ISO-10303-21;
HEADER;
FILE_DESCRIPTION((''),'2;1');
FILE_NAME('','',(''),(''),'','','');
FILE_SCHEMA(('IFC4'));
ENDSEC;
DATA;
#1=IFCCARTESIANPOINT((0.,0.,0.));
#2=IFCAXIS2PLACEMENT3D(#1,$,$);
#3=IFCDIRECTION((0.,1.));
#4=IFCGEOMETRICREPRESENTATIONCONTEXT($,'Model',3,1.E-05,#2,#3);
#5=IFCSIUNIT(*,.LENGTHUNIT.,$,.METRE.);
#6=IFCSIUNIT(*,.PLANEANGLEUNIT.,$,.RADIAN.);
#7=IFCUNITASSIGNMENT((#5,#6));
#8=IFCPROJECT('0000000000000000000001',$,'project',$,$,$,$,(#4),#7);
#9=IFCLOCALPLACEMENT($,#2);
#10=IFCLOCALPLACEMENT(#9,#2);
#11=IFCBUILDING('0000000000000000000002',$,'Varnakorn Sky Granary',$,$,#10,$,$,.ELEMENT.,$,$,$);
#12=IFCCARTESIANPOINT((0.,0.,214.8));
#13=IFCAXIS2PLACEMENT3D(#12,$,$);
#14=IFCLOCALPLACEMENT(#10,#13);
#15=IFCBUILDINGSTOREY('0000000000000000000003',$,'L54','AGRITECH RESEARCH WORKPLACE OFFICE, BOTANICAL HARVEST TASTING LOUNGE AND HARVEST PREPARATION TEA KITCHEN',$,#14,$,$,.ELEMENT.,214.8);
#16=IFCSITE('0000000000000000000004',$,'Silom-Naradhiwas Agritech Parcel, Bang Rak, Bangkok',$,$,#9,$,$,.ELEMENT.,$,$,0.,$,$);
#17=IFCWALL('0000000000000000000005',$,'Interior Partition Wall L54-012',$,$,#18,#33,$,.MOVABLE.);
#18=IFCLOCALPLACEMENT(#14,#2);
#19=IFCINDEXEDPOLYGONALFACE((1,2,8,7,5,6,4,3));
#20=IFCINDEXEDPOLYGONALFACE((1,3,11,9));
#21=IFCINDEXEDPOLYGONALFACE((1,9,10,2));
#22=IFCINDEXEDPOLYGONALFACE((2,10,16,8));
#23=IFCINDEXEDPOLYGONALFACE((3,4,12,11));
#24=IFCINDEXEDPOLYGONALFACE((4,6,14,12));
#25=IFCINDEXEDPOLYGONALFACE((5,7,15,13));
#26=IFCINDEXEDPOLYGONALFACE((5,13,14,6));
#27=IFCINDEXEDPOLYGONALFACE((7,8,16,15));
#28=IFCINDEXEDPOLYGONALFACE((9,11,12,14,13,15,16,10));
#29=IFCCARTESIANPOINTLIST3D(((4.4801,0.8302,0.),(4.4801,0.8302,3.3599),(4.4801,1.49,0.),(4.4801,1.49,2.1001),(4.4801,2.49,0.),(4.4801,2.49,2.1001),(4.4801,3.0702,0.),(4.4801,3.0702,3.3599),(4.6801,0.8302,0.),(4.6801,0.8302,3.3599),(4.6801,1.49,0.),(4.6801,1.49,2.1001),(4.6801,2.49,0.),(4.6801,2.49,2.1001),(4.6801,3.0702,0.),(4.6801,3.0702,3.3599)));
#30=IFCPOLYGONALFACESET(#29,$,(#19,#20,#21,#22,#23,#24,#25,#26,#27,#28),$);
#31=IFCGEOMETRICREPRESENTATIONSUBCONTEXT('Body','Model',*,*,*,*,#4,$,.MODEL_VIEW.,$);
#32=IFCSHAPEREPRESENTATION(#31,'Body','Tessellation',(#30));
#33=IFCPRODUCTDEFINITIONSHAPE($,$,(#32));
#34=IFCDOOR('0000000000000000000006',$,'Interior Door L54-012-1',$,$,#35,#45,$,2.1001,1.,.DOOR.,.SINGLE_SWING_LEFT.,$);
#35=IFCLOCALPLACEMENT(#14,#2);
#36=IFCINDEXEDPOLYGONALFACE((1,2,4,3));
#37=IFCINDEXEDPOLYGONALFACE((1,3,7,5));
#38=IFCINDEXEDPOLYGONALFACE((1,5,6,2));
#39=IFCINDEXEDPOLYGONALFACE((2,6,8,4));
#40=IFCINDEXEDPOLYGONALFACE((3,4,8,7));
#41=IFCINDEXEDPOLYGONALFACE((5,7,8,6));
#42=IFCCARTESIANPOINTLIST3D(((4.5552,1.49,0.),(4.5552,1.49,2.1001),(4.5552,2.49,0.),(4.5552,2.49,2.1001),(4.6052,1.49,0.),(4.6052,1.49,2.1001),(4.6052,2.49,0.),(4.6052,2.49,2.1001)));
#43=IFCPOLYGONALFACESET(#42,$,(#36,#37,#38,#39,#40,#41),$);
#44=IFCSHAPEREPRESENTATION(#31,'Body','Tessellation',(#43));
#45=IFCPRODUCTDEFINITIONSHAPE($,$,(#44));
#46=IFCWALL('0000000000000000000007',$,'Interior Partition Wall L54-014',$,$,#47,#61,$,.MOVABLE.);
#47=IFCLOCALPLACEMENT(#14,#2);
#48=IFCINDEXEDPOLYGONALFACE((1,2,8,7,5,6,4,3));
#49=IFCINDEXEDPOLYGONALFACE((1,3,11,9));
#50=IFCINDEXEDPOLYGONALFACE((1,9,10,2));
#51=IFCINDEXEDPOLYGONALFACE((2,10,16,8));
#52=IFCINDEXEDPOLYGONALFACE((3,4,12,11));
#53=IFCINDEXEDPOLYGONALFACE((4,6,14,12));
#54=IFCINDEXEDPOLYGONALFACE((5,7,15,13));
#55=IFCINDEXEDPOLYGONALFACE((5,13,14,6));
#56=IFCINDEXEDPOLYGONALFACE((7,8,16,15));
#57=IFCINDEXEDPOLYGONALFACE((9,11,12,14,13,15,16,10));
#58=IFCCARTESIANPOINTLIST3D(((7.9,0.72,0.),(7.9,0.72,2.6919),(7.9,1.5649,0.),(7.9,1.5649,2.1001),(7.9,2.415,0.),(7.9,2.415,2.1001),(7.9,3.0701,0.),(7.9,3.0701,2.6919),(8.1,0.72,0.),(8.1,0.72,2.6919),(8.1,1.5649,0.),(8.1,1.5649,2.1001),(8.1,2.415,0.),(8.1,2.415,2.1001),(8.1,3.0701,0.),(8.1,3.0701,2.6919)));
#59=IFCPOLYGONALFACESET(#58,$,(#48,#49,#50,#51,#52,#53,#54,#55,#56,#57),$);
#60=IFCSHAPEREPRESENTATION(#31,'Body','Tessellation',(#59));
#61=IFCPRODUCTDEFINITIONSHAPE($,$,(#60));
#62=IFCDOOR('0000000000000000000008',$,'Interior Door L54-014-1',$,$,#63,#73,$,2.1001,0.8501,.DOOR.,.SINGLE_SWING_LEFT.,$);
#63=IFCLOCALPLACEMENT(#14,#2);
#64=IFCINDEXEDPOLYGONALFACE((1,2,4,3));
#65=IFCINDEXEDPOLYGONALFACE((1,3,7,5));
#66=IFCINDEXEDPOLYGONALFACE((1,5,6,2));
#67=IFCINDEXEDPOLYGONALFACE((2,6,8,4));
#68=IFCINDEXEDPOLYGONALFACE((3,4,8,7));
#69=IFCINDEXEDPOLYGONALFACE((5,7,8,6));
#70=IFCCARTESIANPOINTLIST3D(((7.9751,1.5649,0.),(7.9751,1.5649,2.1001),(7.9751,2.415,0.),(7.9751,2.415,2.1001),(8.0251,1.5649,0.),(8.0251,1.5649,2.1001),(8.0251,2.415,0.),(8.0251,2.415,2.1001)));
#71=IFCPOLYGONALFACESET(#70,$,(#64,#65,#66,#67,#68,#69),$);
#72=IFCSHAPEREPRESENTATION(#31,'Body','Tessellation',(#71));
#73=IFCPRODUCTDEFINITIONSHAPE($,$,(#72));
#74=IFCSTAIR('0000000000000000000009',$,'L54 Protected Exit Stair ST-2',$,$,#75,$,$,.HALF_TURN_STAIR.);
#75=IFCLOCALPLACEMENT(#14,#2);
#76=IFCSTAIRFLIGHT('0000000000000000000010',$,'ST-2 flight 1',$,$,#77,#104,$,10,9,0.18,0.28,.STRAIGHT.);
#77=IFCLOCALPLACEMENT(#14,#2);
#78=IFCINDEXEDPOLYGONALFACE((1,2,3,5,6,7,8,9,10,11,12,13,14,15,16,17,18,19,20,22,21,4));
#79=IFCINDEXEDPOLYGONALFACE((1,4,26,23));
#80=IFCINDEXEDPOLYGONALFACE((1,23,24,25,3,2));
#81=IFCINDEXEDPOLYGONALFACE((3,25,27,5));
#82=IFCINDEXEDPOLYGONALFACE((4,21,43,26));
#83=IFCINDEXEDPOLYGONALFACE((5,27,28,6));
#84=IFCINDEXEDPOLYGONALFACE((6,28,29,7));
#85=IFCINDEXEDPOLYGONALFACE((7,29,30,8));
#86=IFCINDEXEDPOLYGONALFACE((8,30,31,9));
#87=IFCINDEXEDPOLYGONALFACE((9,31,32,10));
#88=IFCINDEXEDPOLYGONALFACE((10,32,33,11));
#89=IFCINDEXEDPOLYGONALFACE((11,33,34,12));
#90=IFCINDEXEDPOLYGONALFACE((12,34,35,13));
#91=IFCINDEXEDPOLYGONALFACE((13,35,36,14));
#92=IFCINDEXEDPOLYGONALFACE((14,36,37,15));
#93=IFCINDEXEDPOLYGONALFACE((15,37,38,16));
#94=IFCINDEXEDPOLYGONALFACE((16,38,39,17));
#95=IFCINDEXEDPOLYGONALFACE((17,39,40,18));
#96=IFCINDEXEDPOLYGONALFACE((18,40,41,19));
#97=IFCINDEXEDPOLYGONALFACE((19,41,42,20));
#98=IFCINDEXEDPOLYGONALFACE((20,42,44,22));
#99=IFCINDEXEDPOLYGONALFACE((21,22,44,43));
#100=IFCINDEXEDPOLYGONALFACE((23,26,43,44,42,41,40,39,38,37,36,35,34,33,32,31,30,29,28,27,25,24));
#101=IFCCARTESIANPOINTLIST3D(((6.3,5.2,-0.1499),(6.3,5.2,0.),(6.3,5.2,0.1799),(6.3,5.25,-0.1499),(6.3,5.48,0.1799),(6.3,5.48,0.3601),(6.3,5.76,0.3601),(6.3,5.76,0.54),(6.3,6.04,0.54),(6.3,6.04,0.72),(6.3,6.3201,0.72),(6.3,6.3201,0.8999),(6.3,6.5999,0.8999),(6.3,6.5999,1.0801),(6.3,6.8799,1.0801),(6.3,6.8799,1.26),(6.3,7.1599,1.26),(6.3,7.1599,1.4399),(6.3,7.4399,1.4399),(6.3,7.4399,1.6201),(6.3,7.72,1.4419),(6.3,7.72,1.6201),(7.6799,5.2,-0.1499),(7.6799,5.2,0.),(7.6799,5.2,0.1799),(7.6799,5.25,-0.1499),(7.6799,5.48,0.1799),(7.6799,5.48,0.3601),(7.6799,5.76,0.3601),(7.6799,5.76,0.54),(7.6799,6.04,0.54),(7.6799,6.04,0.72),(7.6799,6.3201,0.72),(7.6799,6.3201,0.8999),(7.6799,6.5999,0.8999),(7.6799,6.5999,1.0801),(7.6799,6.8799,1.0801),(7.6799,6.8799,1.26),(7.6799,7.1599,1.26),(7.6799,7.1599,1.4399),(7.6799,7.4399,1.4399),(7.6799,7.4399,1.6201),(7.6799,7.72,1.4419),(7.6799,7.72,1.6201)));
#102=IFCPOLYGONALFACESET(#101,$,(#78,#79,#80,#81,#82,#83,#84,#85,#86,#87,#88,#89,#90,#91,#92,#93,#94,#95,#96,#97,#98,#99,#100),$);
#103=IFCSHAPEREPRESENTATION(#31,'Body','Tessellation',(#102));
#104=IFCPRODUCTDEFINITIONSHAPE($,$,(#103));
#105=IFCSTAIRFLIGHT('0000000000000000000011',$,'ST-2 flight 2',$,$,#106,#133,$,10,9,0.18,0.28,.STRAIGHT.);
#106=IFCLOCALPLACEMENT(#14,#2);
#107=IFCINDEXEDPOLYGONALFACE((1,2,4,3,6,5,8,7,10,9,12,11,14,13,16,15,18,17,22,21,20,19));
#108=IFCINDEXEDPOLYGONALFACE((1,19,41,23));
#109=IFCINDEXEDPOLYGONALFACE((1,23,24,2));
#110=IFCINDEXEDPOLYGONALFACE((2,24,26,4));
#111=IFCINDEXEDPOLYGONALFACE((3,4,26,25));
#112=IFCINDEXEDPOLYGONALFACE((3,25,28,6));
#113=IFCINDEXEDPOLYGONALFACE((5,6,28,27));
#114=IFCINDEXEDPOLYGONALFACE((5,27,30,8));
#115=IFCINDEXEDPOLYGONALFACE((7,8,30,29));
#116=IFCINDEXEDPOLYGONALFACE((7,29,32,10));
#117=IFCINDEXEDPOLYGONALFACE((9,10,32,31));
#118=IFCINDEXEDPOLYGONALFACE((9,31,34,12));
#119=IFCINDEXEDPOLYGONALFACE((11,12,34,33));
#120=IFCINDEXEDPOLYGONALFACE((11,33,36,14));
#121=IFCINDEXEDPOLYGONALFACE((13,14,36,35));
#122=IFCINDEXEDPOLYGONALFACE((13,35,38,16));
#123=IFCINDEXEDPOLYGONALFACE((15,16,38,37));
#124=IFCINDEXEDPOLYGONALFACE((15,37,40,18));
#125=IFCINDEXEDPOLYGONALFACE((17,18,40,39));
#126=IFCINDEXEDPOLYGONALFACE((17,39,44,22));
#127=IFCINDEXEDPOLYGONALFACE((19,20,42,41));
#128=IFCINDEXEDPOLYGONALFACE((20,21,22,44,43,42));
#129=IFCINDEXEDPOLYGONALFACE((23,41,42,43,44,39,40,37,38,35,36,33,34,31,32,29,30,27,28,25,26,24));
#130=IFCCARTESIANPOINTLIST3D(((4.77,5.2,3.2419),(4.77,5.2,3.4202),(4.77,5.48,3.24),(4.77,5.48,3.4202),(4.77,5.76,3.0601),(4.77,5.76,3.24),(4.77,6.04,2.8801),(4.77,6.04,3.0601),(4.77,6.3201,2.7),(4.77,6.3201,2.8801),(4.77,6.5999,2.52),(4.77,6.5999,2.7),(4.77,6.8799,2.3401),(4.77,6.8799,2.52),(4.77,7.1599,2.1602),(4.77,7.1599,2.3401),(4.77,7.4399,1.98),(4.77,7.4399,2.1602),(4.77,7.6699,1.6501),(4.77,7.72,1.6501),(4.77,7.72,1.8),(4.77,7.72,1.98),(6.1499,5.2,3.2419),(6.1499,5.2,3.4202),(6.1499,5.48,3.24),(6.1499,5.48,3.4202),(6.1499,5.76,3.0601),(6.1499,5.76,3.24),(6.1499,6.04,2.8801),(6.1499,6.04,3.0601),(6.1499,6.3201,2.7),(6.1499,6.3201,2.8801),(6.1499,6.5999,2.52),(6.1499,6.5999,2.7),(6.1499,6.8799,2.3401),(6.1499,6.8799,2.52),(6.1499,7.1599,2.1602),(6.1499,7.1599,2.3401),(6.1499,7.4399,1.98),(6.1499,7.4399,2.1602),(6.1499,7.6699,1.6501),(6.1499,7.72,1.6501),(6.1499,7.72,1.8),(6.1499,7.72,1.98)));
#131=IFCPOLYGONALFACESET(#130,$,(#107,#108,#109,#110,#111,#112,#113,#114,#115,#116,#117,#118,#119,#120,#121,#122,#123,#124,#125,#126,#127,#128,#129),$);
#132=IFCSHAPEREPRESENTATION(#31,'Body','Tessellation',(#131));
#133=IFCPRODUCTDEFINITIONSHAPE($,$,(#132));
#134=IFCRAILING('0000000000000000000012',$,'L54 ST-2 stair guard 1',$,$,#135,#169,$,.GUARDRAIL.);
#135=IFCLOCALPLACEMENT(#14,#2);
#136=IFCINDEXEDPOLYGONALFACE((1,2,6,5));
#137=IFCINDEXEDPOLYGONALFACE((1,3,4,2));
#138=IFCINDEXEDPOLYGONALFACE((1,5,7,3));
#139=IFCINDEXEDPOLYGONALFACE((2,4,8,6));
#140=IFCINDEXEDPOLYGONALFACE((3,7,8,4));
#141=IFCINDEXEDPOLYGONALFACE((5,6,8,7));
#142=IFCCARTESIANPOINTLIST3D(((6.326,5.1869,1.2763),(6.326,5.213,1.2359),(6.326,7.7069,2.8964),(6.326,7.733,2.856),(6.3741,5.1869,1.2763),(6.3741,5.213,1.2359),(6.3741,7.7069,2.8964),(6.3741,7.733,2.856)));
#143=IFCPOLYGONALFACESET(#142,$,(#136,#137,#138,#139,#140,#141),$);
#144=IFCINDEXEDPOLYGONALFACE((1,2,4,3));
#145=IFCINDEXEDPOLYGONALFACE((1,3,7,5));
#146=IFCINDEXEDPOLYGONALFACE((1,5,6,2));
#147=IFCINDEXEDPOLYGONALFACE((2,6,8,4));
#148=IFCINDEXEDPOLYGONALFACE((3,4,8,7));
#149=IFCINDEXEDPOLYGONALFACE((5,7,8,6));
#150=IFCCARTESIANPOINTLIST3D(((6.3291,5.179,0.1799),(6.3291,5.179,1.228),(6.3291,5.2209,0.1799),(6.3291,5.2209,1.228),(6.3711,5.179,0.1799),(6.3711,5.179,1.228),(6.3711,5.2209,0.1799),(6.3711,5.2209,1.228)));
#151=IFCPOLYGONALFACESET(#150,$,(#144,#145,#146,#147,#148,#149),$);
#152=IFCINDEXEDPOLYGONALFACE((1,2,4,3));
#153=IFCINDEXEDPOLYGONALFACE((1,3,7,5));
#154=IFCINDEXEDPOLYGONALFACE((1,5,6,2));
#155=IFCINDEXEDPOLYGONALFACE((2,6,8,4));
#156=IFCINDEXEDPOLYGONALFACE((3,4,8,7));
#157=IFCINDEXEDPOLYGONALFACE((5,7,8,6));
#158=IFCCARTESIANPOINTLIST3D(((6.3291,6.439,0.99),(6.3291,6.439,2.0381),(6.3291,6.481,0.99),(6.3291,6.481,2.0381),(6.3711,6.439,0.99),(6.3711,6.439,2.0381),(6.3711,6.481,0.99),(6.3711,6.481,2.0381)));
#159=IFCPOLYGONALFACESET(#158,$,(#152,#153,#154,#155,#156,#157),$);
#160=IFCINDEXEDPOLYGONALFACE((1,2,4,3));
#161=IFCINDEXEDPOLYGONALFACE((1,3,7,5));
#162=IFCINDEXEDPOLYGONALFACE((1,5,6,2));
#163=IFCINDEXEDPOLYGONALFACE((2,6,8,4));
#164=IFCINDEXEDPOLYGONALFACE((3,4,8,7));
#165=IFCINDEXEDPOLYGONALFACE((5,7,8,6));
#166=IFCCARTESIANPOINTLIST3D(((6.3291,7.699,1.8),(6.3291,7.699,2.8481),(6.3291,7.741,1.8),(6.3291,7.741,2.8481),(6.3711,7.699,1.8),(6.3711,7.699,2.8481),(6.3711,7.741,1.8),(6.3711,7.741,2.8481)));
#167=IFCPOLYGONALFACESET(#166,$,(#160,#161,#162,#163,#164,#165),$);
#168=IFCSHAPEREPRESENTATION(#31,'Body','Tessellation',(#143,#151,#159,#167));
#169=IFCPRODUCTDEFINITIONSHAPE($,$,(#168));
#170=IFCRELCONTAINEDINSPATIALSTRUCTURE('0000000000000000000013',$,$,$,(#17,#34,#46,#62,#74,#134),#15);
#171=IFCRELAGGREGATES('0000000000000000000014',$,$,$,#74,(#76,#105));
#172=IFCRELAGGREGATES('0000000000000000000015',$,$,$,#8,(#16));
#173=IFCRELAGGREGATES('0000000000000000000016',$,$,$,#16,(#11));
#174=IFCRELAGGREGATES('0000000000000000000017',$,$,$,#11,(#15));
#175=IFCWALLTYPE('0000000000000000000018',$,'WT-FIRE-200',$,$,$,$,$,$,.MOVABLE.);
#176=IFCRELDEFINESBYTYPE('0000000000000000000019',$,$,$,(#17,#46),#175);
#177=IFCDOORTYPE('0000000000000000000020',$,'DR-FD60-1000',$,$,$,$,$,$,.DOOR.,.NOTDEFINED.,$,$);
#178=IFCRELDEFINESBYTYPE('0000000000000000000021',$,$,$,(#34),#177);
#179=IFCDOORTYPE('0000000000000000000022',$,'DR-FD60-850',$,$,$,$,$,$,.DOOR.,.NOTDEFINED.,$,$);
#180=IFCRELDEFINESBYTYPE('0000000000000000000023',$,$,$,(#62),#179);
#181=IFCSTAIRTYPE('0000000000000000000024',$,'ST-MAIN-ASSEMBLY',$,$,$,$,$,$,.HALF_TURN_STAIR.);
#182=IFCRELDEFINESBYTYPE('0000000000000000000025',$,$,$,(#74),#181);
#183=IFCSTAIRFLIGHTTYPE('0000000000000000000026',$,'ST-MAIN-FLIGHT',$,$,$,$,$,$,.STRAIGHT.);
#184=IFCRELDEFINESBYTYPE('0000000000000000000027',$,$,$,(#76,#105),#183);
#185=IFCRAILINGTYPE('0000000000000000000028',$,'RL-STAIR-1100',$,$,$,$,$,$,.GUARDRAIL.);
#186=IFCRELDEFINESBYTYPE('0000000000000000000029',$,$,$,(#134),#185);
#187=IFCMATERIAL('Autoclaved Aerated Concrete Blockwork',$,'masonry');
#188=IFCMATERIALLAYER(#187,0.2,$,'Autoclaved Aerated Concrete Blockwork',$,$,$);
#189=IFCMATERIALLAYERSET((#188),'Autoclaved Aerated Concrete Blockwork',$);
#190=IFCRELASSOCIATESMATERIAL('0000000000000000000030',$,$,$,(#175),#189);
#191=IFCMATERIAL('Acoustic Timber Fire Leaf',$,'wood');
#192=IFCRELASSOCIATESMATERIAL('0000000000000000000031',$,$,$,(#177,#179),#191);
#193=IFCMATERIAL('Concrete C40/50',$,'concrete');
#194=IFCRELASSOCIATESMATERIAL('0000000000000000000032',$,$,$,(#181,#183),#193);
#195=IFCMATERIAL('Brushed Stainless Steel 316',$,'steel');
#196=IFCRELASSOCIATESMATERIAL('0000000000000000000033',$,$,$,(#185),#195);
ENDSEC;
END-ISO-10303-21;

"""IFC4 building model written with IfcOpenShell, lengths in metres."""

from ifc_helpers import new_model, si_unit, direction, frame, frame_2d, origin, origin_2d, place, context, subcontext, project, spatial, polyline, rectangle, outline, extrude, material, layer, layer_set, type_object, element, fill, aggregate, save


model = new_model("IFC4")

# Units and contexts
model_context = context("Model", 3, precision=1e-05, world=origin(), true_north=direction((0.0, 1.0)))
body_context = subcontext(model_context, "Body", "Model", "MODEL_VIEW")
ifc_project = project(units=[si_unit("LENGTHUNIT", "METRE"), si_unit("PLANEANGLEUNIT", "RADIAN")], contexts=[model_context])

# Site, building, storey
site_placement = place(None, origin())
site = spatial("IfcSite", under=ifc_project, at=site_placement, Name="Silom-Naradhiwas Agritech Parcel, Bang Rak, Bangkok", CompositionType="ELEMENT", RefElevation=0.0)
building_placement = place(site_placement, origin())
building = spatial("IfcBuilding", under=site, at=building_placement, Name="Varnakorn Sky Granary", CompositionType="ELEMENT")
storey_placement = place(building_placement, frame((0.0, 0.0, 214.8)))
storey = spatial("IfcBuildingStorey", under=building, at=storey_placement, Name="L54", Description="AGRITECH RESEARCH WORKPLACE OFFICE, BOTANICAL HARVEST TASTING LOUNGE AND HARVEST PREPARATION TEA KITCHEN", CompositionType="ELEMENT", Elevation=214.8)

# Walls, openings, doors
ifc_material_1 = material(Name="Autoclaved Aerated Concrete Blockwork", Category="masonry")
ifc_layer_1 = layer(ifc_material_1, 0.2, Name="Autoclaved Aerated Concrete Blockwork")
ifc_layer_set_1 = layer_set([ifc_layer_1], Name="Autoclaved Aerated Concrete Blockwork")
wall_type_1 = type_object("IfcWallType", Name="WT-FIRE-200", PredefinedType="MOVABLE", material=ifc_layer_set_1)
wall_1_placement = place(storey_placement, frame((4.5801, 0.8301, 0.0), z_axis=(0.0, 0.0, 1.0), x_axis=(0.0, 1.0, 0.0)))
wall_1 = element("IfcWall", 1, at=wall_1_placement, inside=storey, type_object=wall_type_1, Name="Interior Partition Wall L54-012", PredefinedType="MOVABLE", context=body_context, shape_type="SweptSolid", body=[
    extrude(rectangle(XDim=2.24, YDim=0.2, at=frame_2d((1.1201, 0.0))), origin(), (0.0, 0.0, 1.0), 3.3599),
])
opening_1_placement = place(wall_1_placement, frame((0.6599, 0.0, 0.0)))
opening_1 = element("IfcOpeningElement", 2, at=opening_1_placement, cuts=wall_1, PredefinedType="OPENING", context=body_context, shape_type="SweptSolid", body=[
    extrude(rectangle(XDim=1.0, YDim=2.1001, at=frame_2d((0.5, 1.05))), frame((0.0, 0.1099, 0.0), z_axis=(0.0, -1.0, 0.0), x_axis=(1.0, 0.0, 0.0)), (0.0, 0.0, 1.0), 0.22),
])
ifc_material_2 = material(Name="Acoustic Timber Fire Leaf", Category="wood")
door_type_1 = type_object("IfcDoorType", Name="DR-FD60-1000", OperationType="NOTDEFINED", PredefinedType="DOOR", material=ifc_material_2)
door_1_placement = place(opening_1_placement, origin())
door_1 = element("IfcDoor", 3, at=door_1_placement, inside=storey, type_object=door_type_1, Name="Interior Door L54-012-1", OperationType="SINGLE_SWING_LEFT", OverallHeight=2.1001, OverallWidth=1.0, PredefinedType="DOOR", context=body_context, shape_type="SweptSolid", body=[
    extrude(rectangle(XDim=1.0, YDim=2.1001, at=frame_2d((0.5, 1.05))), frame((0.0, 0.0249, 0.0), z_axis=(0.0, -1.0, 0.0), x_axis=(1.0, 0.0, 0.0)), (0.0, 0.0, 1.0), 0.05),
])
fill(opening_1, door_1)
wall_2_placement = place(storey_placement, frame((8.0, 0.72, 0.0), z_axis=(0.0, 0.0, 1.0), x_axis=(0.0, 1.0, 0.0)))
wall_2 = element("IfcWall", 4, at=wall_2_placement, inside=storey, type_object=wall_type_1, Name="Interior Partition Wall L54-014", PredefinedType="MOVABLE", context=body_context, shape_type="SweptSolid", body=[
    extrude(rectangle(XDim=2.3501, YDim=0.2, at=frame_2d((1.175, 0.0))), origin(), (0.0, 0.0, 1.0), 2.6919),
])
opening_2_placement = place(wall_2_placement, frame((0.845, 0.0, 0.0)))
opening_2 = element("IfcOpeningElement", 5, at=opening_2_placement, cuts=wall_2, PredefinedType="OPENING", context=body_context, shape_type="SweptSolid", body=[
    extrude(rectangle(XDim=0.8501, YDim=2.1001, at=frame_2d((0.425, 1.05))), frame((0.0, 0.1099, 0.0), z_axis=(0.0, -1.0, 0.0), x_axis=(1.0, 0.0, 0.0)), (0.0, 0.0, 1.0), 0.22),
])
door_type_2 = type_object("IfcDoorType", Name="DR-FD60-850", OperationType="NOTDEFINED", PredefinedType="DOOR", material=ifc_material_2)
door_2_placement = place(opening_2_placement, origin())
door_2 = element("IfcDoor", 6, at=door_2_placement, inside=storey, type_object=door_type_2, Name="Interior Door L54-014-1", OperationType="SINGLE_SWING_LEFT", OverallHeight=2.1001, OverallWidth=0.8501, PredefinedType="DOOR", context=body_context, shape_type="SweptSolid", body=[
    extrude(rectangle(XDim=0.8501, YDim=2.1001, at=frame_2d((0.425, 1.05))), frame((0.0, 0.0249, 0.0), z_axis=(0.0, -1.0, 0.0), x_axis=(1.0, 0.0, 0.0)), (0.0, 0.0, 1.0), 0.05),
])
fill(opening_2, door_2)

# Stair, stair flights
ifc_material_3 = material(Name="Concrete C40/50", Category="concrete")
stair_type = type_object("IfcStairType", Name="ST-MAIN-ASSEMBLY", PredefinedType="HALF_TURN_STAIR", material=ifc_material_3)
stair_placement = place(storey_placement, origin())
stair = element("IfcStair", 7, at=stair_placement, inside=storey, type_object=stair_type, Name="L54 Protected Exit Stair ST-2", PredefinedType="HALF_TURN_STAIR")
stair_flight_type = type_object("IfcStairFlightType", Name="ST-MAIN-FLIGHT", PredefinedType="STRAIGHT", material=ifc_material_3)
stair_flight_1_placement = place(storey_placement, frame((6.99, 5.2, 0.0), z_axis=(0.0, 0.0, 1.0), x_axis=(0.0, 1.0, 0.0)))
stair_flight_1 = element("IfcStairFlight", 8, at=stair_flight_1_placement, type_object=stair_flight_type, Name="ST-2 flight 1", NumberOfRisers=10, NumberOfTreads=9, PredefinedType="STRAIGHT", RiserHeight=0.18, TreadLength=0.28, context=body_context, shape_type="SweptSolid", body=[
    extrude(outline(polyline([(0.0, -0.1499), (0.0, 0.0), (0.0, 0.1799), (0.28, 0.1799), (0.28, 0.3601), (0.5601, 0.3601), (0.5601, 0.54), (0.8401, 0.54), (0.8401, 0.72), (1.1201, 0.72), (1.1201, 0.8999), (1.3999, 0.8999), (1.3999, 1.0801), (1.6799, 1.0801), (1.6799, 1.26), (1.96, 1.26), (1.96, 1.4399), (2.24, 1.4399), (2.24, 1.6201), (2.52, 1.6201), (2.52, 1.8), (2.52, 1.4419), (0.05, -0.1499), (0.0, -0.1499)])), frame((0.0, 0.6899, 0.0), z_axis=(0.0, -1.0, 0.0), x_axis=(1.0, 0.0, 0.0)), (0.0, 0.0, 1.0), 1.3799),
])
stair_flight_2_placement = place(storey_placement, frame((5.46, 7.72, 1.8), z_axis=(0.0, 0.0, 1.0), x_axis=(0.0, -1.0, 0.0)))
stair_flight_2 = element("IfcStairFlight", 9, at=stair_flight_2_placement, type_object=stair_flight_type, Name="ST-2 flight 2", NumberOfRisers=10, NumberOfTreads=9, PredefinedType="STRAIGHT", RiserHeight=0.18, TreadLength=0.28, context=body_context, shape_type="SweptSolid", body=[
    extrude(outline(polyline([(0.0, -0.1499), (0.0, 0.0), (0.0, 0.1799), (0.28, 0.1799), (0.28, 0.3601), (0.5601, 0.3601), (0.5601, 0.54), (0.8401, 0.54), (0.8401, 0.72), (1.1201, 0.72), (1.1201, 0.8999), (1.3999, 0.8999), (1.3999, 1.0801), (1.6799, 1.0801), (1.6799, 1.26), (1.96, 1.26), (1.96, 1.4399), (2.24, 1.4399), (2.24, 1.6201), (2.52, 1.6201), (2.52, 1.8), (2.52, 1.4419), (0.05, -0.1499), (0.0, -0.1499)])), frame((0.0, 0.6899, 0.0), z_axis=(0.0, -1.0, 0.0), x_axis=(1.0, 0.0, 0.0)), (0.0, 0.0, 1.0), 1.3799),
])
aggregate(stair, [stair_flight_1, stair_flight_2])

# Railing
ifc_material_4 = material(Name="Brushed Stainless Steel 316", Category="steel")
railing_type_1 = type_object("IfcRailingType", Name="RL-STAIR-1100", PredefinedType="GUARDRAIL", material=ifc_material_4)
railing_1_placement = place(storey_placement, frame((6.3501, 5.2, 0.1799)))
element("IfcRailing", 10, at=railing_1_placement, inside=storey, type_object=railing_type_1, Name="L54 ST-2 stair guard 1", PredefinedType="GUARDRAIL", context=body_context, shape_type="SweptSolid", body=[
    extrude(rectangle(XDim=0.0481, YDim=0.0481, at=origin_2d()), frame((0.0, 0.0, 1.0762), z_axis=(0.0, 0.841163, 0.540782), x_axis=(-1.0, 0.0, 0.0)), (0.0, 0.0, 1.0), 2.9958),
    extrude(rectangle(XDim=0.042, YDim=0.042, at=origin_2d()), origin(), (0.0, 0.0, 1.0), 1.0481),
    extrude(rectangle(XDim=0.042, YDim=0.042, at=origin_2d()), frame((0.0, 1.26, 0.8101)), (0.0, 0.0, 1.0), 1.0481),
    extrude(rectangle(XDim=0.042, YDim=0.042, at=origin_2d()), frame((0.0, 2.52, 1.6201)), (0.0, 0.0, 1.0), 1.0481),
])

save(model, "model.ifc")
